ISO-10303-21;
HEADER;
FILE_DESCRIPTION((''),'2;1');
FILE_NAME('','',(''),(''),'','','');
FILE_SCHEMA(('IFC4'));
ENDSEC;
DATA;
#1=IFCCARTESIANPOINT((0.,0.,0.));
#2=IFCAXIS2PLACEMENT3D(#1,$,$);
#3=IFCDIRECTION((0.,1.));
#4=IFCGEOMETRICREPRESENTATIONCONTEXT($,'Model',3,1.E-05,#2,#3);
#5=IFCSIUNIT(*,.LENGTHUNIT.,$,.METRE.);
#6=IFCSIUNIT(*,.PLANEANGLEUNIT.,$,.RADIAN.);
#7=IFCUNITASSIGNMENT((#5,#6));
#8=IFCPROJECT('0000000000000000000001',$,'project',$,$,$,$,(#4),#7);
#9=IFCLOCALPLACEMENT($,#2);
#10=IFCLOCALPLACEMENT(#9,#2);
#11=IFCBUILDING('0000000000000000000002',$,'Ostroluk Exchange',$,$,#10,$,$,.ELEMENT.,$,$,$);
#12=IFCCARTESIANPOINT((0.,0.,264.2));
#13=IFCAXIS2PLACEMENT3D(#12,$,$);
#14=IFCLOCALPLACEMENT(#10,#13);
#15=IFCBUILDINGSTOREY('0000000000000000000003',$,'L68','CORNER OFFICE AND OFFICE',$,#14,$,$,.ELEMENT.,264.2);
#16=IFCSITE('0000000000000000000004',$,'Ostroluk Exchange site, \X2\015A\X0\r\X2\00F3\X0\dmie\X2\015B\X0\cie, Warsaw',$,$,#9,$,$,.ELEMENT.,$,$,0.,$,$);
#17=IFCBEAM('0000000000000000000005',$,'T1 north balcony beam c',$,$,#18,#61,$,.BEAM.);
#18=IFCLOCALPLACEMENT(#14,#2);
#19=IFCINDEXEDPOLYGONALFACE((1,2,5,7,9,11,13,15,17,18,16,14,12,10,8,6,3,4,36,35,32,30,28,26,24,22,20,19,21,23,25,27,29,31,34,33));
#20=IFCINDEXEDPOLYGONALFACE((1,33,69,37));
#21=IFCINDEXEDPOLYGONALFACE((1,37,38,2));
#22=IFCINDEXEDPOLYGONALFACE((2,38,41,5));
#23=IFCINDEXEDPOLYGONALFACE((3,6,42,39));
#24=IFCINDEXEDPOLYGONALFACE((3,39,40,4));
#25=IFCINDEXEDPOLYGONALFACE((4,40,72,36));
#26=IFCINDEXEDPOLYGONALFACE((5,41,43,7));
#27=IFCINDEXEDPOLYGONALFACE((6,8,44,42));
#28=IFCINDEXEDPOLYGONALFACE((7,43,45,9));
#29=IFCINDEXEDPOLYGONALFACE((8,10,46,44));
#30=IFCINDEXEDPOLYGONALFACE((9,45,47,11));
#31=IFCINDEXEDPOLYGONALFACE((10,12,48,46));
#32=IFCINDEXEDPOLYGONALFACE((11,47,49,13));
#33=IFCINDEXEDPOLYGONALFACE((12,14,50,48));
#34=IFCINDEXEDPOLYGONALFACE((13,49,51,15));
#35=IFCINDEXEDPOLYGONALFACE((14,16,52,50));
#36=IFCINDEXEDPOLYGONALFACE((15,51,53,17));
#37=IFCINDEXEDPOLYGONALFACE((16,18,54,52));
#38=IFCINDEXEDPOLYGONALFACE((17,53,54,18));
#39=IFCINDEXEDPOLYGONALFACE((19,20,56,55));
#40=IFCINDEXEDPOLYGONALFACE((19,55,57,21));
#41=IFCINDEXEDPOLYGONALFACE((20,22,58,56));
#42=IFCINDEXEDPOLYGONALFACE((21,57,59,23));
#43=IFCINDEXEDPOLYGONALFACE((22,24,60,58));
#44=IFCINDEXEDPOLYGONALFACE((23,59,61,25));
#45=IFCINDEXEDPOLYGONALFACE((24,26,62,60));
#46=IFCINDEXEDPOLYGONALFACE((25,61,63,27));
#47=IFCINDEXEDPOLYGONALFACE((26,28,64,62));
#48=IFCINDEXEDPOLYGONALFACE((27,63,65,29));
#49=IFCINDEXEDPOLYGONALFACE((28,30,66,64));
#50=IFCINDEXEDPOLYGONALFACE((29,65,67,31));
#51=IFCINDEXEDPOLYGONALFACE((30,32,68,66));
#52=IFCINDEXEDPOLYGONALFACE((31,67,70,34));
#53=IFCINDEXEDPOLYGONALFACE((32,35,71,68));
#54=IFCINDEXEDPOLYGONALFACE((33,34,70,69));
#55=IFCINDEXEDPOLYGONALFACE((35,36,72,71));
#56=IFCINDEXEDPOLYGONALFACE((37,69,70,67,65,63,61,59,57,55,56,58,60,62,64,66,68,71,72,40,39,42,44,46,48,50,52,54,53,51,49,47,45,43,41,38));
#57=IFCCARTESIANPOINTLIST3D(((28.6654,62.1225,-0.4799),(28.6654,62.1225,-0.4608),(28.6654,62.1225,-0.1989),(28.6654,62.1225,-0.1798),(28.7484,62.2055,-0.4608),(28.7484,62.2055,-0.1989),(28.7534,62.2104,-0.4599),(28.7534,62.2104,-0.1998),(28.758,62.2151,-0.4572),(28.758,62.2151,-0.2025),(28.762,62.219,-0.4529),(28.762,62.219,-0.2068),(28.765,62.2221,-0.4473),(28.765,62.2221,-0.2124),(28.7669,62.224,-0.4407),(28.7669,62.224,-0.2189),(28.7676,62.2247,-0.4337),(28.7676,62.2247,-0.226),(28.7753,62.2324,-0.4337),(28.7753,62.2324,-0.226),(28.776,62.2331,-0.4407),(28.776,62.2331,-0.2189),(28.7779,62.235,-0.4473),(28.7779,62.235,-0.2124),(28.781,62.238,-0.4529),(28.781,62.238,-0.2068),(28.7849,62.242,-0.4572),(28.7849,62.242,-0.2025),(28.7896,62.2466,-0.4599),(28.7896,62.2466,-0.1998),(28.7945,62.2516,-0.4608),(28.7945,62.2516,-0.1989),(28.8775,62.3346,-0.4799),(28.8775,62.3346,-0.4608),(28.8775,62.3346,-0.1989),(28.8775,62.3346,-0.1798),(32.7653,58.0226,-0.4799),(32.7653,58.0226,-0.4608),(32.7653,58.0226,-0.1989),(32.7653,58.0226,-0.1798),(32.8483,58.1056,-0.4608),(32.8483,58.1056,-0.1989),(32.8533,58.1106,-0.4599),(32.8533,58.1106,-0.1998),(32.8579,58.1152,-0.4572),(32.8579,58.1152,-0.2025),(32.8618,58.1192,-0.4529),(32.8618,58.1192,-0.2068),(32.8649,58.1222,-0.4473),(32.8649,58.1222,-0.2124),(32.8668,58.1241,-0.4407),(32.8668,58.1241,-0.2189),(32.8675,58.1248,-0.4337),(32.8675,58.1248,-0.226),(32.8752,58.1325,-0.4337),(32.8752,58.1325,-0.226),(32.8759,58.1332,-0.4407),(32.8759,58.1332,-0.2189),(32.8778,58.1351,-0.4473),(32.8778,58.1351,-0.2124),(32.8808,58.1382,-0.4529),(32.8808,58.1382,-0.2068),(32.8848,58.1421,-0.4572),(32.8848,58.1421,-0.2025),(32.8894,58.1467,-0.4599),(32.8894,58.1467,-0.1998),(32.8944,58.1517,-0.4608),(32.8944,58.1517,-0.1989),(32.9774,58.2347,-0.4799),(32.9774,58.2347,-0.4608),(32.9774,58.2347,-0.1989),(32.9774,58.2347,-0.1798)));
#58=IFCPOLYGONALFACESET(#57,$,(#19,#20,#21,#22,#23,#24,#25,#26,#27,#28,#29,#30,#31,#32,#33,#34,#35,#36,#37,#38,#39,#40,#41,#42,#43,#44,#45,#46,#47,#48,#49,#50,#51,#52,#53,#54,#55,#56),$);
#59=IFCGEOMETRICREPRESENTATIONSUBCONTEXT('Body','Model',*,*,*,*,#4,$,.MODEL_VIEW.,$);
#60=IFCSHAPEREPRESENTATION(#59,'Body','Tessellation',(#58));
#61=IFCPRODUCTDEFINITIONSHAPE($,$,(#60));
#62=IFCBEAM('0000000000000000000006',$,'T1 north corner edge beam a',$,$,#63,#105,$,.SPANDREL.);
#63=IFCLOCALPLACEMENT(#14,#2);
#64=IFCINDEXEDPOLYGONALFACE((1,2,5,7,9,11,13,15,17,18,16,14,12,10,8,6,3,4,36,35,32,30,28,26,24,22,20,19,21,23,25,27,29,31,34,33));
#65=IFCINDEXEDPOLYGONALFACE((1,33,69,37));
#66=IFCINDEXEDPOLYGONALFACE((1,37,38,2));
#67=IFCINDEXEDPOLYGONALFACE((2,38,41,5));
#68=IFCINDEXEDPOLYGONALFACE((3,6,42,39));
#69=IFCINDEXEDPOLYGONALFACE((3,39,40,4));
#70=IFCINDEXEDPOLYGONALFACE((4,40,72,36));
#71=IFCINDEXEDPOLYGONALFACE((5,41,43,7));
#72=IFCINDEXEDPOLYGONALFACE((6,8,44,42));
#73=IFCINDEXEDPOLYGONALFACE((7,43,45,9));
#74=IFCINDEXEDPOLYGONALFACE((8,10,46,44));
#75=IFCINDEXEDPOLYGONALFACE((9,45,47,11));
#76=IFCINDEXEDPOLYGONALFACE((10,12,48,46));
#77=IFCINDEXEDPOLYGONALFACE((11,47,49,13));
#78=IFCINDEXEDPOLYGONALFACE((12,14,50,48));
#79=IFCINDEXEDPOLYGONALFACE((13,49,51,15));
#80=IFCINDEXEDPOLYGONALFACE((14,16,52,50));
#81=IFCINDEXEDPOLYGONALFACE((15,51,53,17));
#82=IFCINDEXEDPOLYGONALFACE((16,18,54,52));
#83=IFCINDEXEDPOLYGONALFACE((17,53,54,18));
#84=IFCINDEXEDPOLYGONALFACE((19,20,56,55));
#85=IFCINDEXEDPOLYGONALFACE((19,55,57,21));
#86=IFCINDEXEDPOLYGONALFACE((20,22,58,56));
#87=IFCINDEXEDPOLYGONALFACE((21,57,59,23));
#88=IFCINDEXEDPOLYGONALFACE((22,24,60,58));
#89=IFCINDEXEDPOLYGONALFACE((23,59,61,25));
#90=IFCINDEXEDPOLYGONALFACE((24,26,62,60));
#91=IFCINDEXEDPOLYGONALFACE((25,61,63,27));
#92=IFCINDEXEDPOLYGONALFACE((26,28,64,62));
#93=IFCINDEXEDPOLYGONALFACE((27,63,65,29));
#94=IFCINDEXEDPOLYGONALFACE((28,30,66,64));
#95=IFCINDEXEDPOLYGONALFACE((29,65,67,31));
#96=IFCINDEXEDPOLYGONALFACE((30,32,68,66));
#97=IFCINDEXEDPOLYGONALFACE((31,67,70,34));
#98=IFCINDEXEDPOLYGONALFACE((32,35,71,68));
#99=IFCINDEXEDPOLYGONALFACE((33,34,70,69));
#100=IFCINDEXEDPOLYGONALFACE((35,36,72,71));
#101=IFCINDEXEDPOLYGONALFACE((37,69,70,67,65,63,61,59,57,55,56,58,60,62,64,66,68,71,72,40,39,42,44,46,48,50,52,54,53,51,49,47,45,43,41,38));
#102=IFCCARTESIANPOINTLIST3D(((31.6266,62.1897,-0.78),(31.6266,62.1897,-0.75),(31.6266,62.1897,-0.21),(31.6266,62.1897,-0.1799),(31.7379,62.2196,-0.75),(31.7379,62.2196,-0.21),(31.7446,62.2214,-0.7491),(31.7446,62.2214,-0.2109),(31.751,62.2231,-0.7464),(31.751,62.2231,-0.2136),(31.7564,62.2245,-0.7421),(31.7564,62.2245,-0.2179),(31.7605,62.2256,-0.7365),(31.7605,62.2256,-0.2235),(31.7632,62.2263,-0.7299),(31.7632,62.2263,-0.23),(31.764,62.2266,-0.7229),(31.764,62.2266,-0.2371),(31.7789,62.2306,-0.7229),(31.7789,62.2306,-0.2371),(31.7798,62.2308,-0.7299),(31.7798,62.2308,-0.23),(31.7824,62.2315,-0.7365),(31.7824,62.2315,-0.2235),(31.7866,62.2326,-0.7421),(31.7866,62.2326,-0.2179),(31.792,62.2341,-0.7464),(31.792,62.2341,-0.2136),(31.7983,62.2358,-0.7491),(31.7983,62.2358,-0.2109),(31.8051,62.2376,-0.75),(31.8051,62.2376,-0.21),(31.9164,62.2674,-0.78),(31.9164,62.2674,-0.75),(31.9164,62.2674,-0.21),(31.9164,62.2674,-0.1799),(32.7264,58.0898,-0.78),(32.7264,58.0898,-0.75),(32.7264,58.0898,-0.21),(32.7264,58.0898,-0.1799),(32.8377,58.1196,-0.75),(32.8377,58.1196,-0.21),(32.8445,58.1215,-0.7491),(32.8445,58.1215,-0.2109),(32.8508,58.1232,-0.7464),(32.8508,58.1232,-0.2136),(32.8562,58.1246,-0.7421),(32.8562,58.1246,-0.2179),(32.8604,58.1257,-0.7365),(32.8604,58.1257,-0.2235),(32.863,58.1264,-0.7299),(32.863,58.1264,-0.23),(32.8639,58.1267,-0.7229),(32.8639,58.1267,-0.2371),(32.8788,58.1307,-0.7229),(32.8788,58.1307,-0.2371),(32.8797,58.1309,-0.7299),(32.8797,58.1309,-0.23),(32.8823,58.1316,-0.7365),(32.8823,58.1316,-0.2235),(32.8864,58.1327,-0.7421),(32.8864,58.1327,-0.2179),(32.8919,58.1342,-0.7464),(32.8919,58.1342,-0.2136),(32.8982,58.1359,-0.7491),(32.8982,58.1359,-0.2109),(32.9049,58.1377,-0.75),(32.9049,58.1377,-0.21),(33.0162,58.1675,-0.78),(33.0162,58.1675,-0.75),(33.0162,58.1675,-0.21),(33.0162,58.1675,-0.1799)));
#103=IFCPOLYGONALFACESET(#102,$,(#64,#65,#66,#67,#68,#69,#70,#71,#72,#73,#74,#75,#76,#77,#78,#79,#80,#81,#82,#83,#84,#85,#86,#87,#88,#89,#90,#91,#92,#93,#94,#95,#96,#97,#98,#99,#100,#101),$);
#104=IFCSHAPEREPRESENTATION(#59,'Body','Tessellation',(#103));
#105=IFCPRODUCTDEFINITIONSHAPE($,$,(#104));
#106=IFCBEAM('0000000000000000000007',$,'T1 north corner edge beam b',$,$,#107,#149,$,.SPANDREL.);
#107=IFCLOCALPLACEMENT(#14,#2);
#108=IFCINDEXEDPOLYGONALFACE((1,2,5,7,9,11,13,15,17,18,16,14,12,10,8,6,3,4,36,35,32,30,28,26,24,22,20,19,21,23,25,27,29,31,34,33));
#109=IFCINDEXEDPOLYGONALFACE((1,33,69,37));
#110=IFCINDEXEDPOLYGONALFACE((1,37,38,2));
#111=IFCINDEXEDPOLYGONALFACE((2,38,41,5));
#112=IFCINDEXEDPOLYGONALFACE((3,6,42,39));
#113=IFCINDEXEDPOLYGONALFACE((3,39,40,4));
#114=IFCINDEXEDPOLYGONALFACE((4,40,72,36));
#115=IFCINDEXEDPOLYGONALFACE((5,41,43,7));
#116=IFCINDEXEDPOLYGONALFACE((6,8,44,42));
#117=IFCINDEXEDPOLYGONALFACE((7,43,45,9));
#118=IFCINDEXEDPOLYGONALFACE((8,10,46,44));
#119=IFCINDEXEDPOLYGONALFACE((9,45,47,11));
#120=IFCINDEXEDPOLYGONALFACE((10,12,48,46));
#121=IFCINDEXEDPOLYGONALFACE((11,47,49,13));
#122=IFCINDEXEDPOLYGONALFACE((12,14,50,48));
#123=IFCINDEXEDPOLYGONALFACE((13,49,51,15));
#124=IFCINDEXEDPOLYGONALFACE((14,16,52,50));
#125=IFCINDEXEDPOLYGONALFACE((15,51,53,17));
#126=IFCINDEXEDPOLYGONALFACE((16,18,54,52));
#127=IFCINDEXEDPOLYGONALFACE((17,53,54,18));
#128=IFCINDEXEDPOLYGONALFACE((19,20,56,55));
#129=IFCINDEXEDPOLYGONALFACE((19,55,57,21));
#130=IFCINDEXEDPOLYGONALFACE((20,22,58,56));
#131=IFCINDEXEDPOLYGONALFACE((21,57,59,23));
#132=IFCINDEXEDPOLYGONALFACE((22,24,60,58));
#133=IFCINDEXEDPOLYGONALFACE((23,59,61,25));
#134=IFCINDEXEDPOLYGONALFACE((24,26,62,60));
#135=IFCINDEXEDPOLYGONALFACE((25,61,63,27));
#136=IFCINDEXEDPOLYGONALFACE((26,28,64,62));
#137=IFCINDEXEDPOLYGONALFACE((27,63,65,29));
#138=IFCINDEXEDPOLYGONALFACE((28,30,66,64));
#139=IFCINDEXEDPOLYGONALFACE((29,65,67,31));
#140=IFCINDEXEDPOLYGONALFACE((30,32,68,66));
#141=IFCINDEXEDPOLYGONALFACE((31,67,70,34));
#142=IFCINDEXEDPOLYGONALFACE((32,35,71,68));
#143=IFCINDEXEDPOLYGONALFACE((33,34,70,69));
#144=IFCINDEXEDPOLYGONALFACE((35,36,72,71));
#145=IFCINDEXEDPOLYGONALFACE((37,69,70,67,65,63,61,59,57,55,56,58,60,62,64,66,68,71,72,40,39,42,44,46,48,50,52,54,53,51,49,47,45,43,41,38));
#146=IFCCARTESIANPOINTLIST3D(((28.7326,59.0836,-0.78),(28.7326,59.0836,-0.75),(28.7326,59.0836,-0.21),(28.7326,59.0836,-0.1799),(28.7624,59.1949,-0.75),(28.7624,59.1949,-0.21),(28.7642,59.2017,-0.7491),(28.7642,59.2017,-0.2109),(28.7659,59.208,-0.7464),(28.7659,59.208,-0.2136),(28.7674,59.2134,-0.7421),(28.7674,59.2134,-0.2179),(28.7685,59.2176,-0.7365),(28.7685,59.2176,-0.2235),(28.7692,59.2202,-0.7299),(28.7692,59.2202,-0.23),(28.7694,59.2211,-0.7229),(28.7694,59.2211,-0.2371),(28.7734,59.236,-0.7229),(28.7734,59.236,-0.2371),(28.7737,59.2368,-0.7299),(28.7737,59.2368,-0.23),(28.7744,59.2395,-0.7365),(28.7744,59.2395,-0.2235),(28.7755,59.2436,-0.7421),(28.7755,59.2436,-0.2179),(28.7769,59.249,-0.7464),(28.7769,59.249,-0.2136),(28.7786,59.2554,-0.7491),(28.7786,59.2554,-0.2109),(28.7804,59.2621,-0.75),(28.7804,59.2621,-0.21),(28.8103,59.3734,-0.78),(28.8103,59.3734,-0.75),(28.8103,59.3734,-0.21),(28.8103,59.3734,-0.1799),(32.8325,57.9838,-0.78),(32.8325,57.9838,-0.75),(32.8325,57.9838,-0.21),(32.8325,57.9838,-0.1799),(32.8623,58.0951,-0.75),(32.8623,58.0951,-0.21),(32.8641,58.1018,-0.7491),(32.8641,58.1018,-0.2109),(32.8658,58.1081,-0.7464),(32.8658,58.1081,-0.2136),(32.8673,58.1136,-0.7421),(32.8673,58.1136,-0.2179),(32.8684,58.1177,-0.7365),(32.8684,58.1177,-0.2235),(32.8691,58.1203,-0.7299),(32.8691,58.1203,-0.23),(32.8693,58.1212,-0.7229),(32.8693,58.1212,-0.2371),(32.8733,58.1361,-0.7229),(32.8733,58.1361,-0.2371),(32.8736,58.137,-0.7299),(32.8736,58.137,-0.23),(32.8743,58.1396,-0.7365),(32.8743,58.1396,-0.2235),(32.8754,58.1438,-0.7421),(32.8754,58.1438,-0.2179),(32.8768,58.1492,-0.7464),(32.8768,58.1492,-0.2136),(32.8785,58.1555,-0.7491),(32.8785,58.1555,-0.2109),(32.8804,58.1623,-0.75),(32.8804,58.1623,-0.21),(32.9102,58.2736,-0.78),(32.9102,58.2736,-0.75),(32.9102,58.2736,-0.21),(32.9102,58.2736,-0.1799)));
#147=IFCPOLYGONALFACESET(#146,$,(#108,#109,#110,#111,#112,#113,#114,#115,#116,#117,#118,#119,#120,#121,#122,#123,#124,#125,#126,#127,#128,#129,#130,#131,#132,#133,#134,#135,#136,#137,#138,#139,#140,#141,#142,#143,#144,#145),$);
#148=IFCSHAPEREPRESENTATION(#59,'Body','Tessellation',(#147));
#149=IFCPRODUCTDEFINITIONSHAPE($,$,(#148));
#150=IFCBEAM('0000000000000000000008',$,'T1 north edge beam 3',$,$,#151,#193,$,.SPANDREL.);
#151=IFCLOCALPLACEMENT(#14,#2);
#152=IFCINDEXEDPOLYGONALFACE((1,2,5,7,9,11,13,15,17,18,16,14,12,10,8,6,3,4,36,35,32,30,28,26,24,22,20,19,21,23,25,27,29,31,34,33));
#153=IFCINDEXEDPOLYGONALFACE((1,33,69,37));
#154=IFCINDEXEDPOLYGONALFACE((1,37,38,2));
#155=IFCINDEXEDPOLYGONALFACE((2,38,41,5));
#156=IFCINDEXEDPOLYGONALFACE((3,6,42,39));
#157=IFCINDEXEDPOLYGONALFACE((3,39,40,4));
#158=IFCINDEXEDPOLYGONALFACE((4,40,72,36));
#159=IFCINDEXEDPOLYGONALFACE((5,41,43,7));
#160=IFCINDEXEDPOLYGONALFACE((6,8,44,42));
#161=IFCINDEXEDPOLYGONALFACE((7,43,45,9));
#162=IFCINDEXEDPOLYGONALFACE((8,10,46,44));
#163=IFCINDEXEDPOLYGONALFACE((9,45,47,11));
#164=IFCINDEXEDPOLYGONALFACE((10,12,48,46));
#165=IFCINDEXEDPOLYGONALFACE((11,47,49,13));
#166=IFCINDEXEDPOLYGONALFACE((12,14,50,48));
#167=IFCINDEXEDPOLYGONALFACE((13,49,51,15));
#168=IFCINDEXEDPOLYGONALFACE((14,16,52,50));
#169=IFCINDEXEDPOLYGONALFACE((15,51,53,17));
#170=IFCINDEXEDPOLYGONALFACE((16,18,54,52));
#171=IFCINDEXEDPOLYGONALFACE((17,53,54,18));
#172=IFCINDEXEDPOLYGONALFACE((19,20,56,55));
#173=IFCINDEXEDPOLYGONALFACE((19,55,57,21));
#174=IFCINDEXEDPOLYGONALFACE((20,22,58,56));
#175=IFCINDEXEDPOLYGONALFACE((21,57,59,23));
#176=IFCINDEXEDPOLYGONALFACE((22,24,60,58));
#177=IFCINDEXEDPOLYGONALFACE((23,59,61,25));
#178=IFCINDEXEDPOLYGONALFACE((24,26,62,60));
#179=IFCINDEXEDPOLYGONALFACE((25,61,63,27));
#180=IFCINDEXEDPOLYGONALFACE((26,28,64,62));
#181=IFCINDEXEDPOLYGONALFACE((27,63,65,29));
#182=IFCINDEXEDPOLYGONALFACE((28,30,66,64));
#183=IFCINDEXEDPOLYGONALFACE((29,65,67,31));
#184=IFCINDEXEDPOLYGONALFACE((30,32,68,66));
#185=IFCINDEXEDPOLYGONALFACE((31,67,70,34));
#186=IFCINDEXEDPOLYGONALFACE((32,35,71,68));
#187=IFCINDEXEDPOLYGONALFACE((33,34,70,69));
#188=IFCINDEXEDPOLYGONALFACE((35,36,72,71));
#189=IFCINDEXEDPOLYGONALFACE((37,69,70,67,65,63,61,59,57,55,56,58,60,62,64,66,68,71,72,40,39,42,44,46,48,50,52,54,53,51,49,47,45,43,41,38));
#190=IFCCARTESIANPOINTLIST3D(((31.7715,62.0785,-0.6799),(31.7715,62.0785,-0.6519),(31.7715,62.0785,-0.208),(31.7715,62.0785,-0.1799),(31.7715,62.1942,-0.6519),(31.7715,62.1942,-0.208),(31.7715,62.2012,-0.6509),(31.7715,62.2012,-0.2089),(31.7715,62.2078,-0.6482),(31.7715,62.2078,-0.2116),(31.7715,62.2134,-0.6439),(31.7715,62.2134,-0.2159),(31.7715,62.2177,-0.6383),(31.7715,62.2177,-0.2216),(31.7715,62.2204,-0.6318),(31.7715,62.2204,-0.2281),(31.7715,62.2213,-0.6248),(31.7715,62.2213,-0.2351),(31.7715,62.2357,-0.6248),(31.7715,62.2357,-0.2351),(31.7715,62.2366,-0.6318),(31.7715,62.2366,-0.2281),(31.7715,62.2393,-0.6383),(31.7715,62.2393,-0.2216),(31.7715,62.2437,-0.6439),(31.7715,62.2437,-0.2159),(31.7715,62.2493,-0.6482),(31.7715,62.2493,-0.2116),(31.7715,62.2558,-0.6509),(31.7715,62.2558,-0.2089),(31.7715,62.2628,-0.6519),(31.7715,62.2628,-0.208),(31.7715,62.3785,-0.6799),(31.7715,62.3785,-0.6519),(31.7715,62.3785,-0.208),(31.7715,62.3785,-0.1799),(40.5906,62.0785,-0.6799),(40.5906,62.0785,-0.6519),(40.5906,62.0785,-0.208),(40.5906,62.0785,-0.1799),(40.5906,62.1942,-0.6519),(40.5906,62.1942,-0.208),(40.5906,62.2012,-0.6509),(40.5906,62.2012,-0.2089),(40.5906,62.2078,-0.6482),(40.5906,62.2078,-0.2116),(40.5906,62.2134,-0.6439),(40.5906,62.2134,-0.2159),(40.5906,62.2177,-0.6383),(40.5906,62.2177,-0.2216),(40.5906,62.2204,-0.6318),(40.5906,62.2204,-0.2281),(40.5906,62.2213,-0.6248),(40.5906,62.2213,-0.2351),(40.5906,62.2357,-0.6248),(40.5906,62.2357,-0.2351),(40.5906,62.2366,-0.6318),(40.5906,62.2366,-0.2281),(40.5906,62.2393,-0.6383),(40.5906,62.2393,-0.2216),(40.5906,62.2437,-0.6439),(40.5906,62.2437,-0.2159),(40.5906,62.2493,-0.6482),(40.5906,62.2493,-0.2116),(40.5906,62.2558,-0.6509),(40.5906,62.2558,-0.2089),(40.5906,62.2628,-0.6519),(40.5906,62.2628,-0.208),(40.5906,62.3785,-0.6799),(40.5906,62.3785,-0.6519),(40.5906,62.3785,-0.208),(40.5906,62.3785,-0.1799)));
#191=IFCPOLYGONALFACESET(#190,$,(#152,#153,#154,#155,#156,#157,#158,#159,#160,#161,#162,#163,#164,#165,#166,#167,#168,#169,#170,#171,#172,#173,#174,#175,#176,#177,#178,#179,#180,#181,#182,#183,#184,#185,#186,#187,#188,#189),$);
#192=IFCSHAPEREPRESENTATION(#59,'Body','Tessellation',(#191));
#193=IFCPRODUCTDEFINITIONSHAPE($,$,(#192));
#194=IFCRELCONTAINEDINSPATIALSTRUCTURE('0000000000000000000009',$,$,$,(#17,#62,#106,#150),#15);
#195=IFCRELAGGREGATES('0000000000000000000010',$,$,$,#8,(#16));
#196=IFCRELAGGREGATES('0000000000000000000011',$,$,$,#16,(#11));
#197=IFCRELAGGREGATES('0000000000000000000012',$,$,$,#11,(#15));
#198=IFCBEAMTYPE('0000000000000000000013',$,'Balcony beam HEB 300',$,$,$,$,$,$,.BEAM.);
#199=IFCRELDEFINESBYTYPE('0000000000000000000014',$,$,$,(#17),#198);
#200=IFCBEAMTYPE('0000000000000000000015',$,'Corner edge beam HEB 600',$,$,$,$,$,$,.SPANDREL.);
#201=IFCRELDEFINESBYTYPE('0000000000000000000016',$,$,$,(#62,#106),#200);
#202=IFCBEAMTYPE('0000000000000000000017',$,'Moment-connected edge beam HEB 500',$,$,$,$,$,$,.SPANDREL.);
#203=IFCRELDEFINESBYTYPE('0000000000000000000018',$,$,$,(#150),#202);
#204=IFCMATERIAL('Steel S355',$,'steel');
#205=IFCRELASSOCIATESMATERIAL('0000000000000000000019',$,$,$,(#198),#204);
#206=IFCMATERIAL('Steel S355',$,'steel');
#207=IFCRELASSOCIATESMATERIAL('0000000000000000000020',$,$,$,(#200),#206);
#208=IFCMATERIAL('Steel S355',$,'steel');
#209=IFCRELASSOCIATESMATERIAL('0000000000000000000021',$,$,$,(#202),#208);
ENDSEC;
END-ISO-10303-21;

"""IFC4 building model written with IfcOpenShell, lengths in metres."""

from ifc_helpers import new_model, si_unit, direction, frame, origin, origin_2d, place, context, subcontext, project, spatial, i_section, extrude, material, material_profile, profile_set, type_object, element, save


model = new_model("IFC4")

# Units and contexts
model_context = context("Model", 3, precision=1e-05, world=origin(), true_north=direction((0.0, 1.0)))
body_context = subcontext(model_context, "Body", "Model", "MODEL_VIEW")
ifc_project = project(units=[si_unit("LENGTHUNIT", "METRE"), si_unit("PLANEANGLEUNIT", "RADIAN")], contexts=[model_context])

# Site, building, storey
site_placement = place(None, origin())
site = spatial("IfcSite", under=ifc_project, at=site_placement, Name="Ostroluk Exchange site, Śródmieście, Warsaw", CompositionType="ELEMENT", RefElevation=0.0)
building_placement = place(site_placement, origin())
building = spatial("IfcBuilding", under=site, at=building_placement, Name="Ostroluk Exchange", CompositionType="ELEMENT")
storey_placement = place(building_placement, frame((0.0, 0.0, 264.2)))
storey = spatial("IfcBuildingStorey", under=building, at=storey_placement, Name="L68", Description="CORNER OFFICE AND OFFICE", CompositionType="ELEMENT", Elevation=264.2)

# Beams
ifc_material_1 = material(Name="Steel S355", Category="steel")
ifc_material_profile_1 = material_profile(ifc_material_1, i_section(OverallWidth=0.3, OverallDepth=0.3, WebThickness=0.011, FlangeThickness=0.019, FilletRadius=0.0271, at=origin_2d()), Name="HEB 300")
ifc_profile_set_1 = profile_set([ifc_material_profile_1], Name="Steel S355")
beam_type_1 = type_object("IfcBeamType", Name="Balcony beam HEB 300", PredefinedType="BEAM", material=ifc_profile_set_1)
beam_placement = place(storey_placement, frame((32.8713, 58.1287, -0.3298), z_axis=(-0.707107, 0.707107, 0.0), x_axis=(-0.707107, -0.707107, 0.0)))
element("IfcBeam", 1, at=beam_placement, inside=storey, type_object=beam_type_1, Name="T1 north balcony beam c", PredefinedType="BEAM", context=body_context, shape_type="SweptSolid", body=[
    extrude(i_section(OverallWidth=0.3, OverallDepth=0.3, WebThickness=0.011, FlangeThickness=0.019, FilletRadius=0.0271, at=origin_2d()), origin(), (0.0, 0.0, 1.0), 5.7981),
])
ifc_material_2 = material(Name="Steel S355", Category="steel")
ifc_material_profile_2 = material_profile(ifc_material_2, i_section(OverallWidth=0.3, OverallDepth=0.6001, WebThickness=0.0154, FlangeThickness=0.03, FilletRadius=0.0271, at=origin_2d()), Name="HEB 600")
ifc_profile_set_2 = profile_set([ifc_material_profile_2], Name="Steel S355")
beam_type_2 = type_object("IfcBeamType", Name="Corner edge beam HEB 600", PredefinedType="SPANDREL", material=ifc_profile_set_2)
for number, where, z_axis, x_axis, name in (
    (2, (32.8713, 58.1287, -0.48), (-0.259105, 0.965849, 0.0), (-0.965849, -0.259105, 0.0), "T1 north corner edge beam a"),
    (3, (32.8713, 58.1287, -0.48), (-0.965849, 0.259105, 0.0), (-0.259105, -0.965849, 0.0), "T1 north corner edge beam b"),
):
    element("IfcBeam", number, at=place(storey_placement, frame(where, z_axis=z_axis, x_axis=x_axis)), inside=storey, type_object=beam_type_2, Name=name, PredefinedType="SPANDREL", context=body_context, shape_type="SweptSolid", body=[
        extrude(i_section(OverallWidth=0.3, OverallDepth=0.6001, WebThickness=0.0154, FlangeThickness=0.03, FilletRadius=0.0271, at=origin_2d()), origin(), (0.0, 0.0, 1.0), 4.2449),
    ])
ifc_material_3 = material(Name="Steel S355", Category="steel")
ifc_material_profile_3 = material_profile(ifc_material_3, i_section(OverallWidth=0.3, OverallDepth=0.5, WebThickness=0.0144, FlangeThickness=0.0281, FilletRadius=0.0271, at=origin_2d()), Name="HEB 500")
ifc_profile_set_3 = profile_set([ifc_material_profile_3], Name="Steel S355")
beam_type_3 = type_object("IfcBeamType", Name="Moment-connected edge beam HEB 500", PredefinedType="SPANDREL", material=ifc_profile_set_3)
for number, where, z_axis, x_axis, name in (
    (4, (40.5906, 62.2285, -0.4299), (-1.0, 0.0, 0.0), (0.0, -1.0, 0.0), "T1 north edge beam 3"),
):
    element("IfcBeam", number, at=place(storey_placement, frame(where, z_axis=z_axis, x_axis=x_axis)), inside=storey, type_object=beam_type_3, Name=name, PredefinedType="SPANDREL", context=body_context, shape_type="SweptSolid", body=[
        extrude(i_section(OverallWidth=0.3, OverallDepth=0.5, WebThickness=0.0144, FlangeThickness=0.0281, FilletRadius=0.0271, at=origin_2d()), origin(), (0.0, 0.0, 1.0), 8.8191),
    ])

save(model, "model.ifc")
